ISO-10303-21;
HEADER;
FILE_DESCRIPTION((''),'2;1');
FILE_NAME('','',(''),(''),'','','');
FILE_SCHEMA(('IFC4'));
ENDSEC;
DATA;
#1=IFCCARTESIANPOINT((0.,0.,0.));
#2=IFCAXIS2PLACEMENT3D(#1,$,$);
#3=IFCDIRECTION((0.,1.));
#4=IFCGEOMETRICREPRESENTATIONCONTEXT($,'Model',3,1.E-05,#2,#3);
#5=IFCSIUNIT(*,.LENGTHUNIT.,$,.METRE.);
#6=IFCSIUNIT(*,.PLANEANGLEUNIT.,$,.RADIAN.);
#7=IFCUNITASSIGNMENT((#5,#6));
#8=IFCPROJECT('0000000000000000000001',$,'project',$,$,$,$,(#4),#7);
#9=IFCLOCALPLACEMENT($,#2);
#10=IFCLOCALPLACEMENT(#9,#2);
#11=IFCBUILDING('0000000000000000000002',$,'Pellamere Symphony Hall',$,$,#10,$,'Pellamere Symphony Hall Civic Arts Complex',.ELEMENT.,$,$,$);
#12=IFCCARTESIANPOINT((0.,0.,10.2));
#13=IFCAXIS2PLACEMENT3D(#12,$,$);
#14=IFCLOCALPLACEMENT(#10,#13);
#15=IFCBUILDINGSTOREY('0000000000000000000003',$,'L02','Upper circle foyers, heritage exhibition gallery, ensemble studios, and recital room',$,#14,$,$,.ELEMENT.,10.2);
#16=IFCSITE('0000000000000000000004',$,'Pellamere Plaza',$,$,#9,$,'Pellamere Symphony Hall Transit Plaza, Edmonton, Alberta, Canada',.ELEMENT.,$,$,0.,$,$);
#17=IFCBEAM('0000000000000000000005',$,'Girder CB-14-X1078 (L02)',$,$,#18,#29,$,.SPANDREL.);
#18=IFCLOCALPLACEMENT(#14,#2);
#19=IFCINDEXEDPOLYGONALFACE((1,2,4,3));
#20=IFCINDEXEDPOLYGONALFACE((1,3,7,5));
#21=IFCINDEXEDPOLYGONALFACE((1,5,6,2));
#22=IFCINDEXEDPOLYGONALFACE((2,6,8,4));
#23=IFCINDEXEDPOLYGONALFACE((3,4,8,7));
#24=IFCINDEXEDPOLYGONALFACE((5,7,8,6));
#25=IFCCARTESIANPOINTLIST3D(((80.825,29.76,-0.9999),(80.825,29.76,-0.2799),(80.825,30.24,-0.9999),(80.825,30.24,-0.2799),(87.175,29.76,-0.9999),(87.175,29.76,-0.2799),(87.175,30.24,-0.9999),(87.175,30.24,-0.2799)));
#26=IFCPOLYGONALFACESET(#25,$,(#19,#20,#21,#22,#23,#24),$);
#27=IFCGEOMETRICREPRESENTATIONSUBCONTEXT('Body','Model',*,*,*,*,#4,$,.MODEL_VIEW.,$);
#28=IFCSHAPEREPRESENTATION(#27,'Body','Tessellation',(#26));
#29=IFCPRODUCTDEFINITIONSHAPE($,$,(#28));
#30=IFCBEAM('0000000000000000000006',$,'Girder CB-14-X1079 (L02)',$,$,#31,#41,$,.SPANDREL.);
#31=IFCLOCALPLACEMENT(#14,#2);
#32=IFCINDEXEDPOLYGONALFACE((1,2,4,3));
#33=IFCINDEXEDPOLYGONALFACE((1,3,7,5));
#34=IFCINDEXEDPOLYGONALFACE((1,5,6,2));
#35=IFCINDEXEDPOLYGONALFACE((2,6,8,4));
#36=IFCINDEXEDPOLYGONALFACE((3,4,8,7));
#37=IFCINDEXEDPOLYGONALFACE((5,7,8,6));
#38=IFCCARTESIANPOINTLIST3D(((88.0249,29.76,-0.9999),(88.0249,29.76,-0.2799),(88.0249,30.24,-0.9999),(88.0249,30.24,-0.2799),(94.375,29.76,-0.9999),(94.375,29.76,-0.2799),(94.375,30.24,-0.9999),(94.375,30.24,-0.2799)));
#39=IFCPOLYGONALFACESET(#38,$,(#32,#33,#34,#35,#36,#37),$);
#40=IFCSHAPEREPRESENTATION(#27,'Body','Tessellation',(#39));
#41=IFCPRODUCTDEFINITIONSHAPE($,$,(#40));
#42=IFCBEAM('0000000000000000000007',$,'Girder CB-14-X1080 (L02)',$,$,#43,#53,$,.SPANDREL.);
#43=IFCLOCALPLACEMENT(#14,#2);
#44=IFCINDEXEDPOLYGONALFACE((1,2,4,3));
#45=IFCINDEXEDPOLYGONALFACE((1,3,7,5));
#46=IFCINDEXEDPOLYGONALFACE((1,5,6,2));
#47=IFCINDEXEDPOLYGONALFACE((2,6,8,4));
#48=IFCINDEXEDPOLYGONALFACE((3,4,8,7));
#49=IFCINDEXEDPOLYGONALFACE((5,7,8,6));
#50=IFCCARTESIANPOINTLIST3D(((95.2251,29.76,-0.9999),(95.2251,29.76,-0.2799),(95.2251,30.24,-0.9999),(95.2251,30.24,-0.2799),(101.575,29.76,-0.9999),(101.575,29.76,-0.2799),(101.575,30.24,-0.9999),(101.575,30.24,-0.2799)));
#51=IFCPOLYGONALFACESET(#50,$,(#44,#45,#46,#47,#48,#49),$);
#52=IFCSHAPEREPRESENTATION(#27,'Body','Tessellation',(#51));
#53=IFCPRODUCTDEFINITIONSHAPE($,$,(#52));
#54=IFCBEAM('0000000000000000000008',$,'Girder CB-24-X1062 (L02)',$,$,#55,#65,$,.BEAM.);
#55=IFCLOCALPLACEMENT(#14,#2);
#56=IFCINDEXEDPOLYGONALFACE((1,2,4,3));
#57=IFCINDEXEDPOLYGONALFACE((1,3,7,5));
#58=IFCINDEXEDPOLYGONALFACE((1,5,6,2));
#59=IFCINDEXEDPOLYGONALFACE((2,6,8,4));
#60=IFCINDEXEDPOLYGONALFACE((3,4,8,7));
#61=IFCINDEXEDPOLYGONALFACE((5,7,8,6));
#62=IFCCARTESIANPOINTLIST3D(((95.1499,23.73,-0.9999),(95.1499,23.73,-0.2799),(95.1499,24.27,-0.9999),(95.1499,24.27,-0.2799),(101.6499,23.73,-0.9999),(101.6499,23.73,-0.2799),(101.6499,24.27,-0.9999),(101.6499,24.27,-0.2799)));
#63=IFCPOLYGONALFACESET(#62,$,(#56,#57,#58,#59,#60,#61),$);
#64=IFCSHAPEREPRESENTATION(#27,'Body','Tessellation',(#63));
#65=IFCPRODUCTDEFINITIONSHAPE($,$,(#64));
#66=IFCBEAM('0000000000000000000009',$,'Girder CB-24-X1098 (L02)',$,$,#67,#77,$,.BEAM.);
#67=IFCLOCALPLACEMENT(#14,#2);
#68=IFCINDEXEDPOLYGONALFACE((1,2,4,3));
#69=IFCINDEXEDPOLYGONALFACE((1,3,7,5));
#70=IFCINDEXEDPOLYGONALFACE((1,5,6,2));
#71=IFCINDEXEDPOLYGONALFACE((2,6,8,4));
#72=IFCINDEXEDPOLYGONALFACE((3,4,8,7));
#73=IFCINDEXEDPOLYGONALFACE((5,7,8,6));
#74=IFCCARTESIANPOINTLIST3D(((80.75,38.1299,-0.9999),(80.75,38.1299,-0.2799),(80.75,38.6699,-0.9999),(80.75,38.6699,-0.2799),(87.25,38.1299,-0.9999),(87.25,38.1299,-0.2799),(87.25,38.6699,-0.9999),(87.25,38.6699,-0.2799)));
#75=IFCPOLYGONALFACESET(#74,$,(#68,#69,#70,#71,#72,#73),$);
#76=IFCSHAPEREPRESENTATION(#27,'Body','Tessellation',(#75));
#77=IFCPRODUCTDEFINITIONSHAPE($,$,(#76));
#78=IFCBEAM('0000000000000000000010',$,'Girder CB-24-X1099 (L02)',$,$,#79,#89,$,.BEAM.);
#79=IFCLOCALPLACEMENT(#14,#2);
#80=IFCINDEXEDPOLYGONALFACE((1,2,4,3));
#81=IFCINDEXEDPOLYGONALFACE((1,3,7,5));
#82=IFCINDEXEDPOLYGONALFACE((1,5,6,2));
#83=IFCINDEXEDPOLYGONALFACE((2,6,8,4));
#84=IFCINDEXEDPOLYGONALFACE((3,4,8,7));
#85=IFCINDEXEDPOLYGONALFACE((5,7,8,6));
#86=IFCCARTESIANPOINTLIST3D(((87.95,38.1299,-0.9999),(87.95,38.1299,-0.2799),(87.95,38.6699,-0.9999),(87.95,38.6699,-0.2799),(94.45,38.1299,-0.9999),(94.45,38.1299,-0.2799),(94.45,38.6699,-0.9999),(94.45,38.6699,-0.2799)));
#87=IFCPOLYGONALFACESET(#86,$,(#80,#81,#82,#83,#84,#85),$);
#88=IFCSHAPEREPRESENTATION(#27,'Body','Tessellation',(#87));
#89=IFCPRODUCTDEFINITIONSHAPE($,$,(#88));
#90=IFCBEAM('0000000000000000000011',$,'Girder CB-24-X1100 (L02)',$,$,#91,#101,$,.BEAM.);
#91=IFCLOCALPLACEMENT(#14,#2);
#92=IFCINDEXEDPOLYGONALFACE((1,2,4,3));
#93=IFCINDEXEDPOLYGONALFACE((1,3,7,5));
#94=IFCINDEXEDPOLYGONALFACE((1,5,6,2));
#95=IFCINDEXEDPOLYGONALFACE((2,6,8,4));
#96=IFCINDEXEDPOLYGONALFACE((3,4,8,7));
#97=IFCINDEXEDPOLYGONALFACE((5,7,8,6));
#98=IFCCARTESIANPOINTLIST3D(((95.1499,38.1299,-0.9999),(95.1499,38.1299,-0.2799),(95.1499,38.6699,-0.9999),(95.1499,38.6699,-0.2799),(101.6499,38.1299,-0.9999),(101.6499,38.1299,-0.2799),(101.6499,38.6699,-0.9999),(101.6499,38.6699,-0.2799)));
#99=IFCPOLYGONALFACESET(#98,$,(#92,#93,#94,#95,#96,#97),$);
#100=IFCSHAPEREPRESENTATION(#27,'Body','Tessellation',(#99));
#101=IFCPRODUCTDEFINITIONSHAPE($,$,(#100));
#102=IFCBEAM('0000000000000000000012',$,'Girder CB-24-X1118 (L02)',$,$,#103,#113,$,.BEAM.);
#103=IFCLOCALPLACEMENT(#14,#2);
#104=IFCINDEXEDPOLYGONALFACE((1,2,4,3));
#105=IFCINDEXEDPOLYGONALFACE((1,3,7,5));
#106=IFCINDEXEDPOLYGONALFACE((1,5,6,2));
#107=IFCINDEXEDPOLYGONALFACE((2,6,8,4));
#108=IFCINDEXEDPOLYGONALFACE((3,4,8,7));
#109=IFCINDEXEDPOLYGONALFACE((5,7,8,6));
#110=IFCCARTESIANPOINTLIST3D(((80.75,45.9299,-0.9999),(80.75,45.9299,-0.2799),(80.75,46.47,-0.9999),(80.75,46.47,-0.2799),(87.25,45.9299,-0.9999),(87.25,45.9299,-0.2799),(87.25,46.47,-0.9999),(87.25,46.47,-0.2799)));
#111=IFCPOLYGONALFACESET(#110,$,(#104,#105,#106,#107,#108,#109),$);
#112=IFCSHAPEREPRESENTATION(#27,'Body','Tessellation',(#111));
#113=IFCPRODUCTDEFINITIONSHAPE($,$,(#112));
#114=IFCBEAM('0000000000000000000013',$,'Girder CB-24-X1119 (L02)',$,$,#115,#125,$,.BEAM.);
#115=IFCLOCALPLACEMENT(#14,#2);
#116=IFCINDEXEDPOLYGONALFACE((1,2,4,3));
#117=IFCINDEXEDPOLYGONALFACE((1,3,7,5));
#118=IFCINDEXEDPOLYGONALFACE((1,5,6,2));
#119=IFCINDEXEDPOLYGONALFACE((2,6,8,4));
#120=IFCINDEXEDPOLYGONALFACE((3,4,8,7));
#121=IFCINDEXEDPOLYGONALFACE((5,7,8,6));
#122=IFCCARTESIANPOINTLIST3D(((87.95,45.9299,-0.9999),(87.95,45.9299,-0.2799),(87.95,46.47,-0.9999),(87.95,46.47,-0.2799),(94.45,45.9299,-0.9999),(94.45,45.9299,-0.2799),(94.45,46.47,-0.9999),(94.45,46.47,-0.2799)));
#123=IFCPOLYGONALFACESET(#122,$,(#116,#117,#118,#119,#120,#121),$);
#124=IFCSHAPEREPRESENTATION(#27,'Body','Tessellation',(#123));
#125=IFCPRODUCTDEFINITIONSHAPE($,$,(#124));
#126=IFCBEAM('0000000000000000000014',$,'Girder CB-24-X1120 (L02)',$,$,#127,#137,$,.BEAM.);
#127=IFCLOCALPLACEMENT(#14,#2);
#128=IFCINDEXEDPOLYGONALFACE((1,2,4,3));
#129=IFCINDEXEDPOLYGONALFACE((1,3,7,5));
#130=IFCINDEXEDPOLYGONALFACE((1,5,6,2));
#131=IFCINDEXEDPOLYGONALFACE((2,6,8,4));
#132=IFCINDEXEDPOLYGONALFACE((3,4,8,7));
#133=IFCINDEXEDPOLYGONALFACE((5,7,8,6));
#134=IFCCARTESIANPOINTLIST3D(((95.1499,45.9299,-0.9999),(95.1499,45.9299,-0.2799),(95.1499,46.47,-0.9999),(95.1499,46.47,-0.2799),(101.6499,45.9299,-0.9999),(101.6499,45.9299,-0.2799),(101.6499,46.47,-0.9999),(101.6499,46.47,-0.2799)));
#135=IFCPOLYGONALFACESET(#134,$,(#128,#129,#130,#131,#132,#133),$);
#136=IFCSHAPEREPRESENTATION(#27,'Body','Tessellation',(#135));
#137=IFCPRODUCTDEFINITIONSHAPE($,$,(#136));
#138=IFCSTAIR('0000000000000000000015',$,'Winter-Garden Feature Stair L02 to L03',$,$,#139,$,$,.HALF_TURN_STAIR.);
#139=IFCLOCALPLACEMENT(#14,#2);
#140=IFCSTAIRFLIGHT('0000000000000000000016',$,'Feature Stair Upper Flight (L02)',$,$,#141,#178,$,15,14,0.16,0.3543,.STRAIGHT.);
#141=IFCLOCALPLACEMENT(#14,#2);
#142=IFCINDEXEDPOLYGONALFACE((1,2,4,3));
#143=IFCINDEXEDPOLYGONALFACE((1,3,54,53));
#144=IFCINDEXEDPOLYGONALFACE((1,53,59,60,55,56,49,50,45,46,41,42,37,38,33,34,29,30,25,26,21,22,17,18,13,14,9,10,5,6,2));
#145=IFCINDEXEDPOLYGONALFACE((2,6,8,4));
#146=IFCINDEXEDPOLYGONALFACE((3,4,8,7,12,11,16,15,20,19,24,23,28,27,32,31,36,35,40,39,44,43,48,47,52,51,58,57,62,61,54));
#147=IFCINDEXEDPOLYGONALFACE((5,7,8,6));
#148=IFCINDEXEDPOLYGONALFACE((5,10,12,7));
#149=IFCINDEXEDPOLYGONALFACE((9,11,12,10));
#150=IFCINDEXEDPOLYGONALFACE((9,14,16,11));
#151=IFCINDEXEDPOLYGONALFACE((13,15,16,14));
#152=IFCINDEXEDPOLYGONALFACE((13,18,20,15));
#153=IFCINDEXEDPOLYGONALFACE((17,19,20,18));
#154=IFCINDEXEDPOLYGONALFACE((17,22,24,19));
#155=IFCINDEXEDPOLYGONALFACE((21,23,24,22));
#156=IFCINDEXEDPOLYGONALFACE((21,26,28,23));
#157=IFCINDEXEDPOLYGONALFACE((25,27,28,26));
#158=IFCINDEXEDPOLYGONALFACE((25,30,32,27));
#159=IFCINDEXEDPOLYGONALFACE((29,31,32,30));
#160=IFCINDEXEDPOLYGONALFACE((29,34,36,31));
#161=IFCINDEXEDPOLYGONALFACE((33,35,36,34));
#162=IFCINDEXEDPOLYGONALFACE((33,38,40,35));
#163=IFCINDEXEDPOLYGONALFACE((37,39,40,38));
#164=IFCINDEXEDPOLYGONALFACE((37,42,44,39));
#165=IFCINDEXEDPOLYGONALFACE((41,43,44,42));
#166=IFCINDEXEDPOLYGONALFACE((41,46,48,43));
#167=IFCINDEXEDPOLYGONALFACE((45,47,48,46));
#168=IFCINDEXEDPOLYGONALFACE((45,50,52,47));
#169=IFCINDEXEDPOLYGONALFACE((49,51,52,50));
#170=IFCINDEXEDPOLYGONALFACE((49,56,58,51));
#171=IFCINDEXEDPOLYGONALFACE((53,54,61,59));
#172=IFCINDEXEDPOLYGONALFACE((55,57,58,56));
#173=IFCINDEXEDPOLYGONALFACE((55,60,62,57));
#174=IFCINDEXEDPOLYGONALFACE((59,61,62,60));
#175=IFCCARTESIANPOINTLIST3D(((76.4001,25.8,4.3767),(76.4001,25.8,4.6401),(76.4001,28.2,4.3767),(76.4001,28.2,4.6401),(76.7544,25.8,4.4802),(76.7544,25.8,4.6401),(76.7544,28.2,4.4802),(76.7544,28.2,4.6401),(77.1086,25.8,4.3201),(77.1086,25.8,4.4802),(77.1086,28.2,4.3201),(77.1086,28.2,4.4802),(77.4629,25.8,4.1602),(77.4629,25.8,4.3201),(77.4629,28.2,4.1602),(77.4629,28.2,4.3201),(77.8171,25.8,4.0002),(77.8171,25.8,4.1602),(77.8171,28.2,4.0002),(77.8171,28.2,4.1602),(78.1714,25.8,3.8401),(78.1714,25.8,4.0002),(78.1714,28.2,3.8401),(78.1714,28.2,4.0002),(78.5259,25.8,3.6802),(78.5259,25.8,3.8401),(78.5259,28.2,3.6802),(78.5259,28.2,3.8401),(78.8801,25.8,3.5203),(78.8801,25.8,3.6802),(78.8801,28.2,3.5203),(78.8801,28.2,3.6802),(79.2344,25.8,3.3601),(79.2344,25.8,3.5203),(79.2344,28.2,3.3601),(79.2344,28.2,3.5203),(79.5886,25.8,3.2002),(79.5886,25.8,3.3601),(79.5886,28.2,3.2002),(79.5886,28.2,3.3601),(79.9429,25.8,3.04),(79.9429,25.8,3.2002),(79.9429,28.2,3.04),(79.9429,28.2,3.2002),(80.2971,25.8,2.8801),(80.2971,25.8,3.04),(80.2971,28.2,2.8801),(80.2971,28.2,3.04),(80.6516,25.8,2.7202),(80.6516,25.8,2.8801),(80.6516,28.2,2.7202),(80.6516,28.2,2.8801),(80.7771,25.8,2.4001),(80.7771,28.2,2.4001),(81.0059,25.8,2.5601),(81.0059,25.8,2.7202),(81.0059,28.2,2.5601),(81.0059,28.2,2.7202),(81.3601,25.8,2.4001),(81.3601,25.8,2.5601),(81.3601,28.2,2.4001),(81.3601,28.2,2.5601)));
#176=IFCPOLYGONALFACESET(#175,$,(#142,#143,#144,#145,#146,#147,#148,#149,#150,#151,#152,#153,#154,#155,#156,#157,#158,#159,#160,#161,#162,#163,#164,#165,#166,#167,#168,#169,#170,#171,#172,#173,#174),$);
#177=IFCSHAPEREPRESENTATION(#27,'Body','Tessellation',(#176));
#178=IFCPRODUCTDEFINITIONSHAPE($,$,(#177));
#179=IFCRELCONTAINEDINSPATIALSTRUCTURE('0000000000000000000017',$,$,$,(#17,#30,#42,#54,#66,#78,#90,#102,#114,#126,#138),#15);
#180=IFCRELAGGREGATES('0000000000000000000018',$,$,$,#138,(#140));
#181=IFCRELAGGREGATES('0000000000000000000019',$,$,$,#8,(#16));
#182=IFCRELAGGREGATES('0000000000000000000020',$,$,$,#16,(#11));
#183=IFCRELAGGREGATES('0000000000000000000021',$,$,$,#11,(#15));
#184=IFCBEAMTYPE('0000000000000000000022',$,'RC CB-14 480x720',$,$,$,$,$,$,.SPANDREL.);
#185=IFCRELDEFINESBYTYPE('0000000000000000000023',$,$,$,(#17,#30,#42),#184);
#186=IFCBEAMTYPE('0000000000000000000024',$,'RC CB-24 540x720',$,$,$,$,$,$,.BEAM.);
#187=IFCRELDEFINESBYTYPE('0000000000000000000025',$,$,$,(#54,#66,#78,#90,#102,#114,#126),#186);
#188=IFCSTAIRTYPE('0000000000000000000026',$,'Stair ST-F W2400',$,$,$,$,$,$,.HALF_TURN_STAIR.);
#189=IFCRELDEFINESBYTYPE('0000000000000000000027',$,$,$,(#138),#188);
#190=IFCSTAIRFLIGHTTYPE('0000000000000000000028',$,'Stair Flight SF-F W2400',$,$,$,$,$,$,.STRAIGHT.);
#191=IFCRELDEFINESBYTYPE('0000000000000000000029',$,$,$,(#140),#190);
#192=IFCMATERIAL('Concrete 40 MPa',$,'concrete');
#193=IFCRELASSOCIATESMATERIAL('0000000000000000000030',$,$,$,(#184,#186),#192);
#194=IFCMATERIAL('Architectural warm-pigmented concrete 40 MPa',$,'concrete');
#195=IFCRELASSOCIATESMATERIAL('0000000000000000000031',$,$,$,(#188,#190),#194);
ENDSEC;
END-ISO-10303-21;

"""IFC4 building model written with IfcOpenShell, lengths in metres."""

from ifc_helpers import new_model, si_unit, direction, frame, origin, origin_2d, place, context, subcontext, project, spatial, polyline, rectangle, outline, extrude, material, material_profile, profile_set, type_object, element, aggregate, save


model = new_model("IFC4")

# Units and contexts
model_context = context("Model", 3, precision=1e-05, world=origin(), true_north=direction((0.0, 1.0)))
body_context = subcontext(model_context, "Body", "Model", "MODEL_VIEW")
ifc_project = project(units=[si_unit("LENGTHUNIT", "METRE"), si_unit("PLANEANGLEUNIT", "RADIAN")], contexts=[model_context])

# Site, building, storey
site_placement = place(None, origin())
site = spatial("IfcSite", under=ifc_project, at=site_placement, Name="Pellamere Plaza", LongName="Pellamere Symphony Hall Transit Plaza, Edmonton, Alberta, Canada", CompositionType="ELEMENT", RefElevation=0.0)
building_placement = place(site_placement, origin())
building = spatial("IfcBuilding", under=site, at=building_placement, Name="Pellamere Symphony Hall", LongName="Pellamere Symphony Hall Civic Arts Complex", CompositionType="ELEMENT")
storey_placement = place(building_placement, frame((0.0, 0.0, 10.2)))
storey = spatial("IfcBuildingStorey", under=building, at=storey_placement, Name="L02", Description="Upper circle foyers, heritage exhibition gallery, ensemble studios, and recital room", CompositionType="ELEMENT", Elevation=10.2)

# Shared definitions
ifc_material_1 = material(Name="Concrete 40 MPa", Category="concrete")

# Beams
ifc_material_profile_1 = material_profile(ifc_material_1, rectangle(XDim=0.48, YDim=0.72, at=origin_2d()), Name="RC 480x720")
ifc_profile_set_1 = profile_set([ifc_material_profile_1], Name="Concrete 40 MPa")
beam_type_1 = type_object("IfcBeamType", Name="RC CB-14 480x720", PredefinedType="SPANDREL", material=ifc_profile_set_1)
for number, where, z_axis, x_axis, name in (
    (1, (80.825, 30.0, -0.6399), (1.0, 0.0, 0.0), (0.0, 1.0, 0.0), "Girder CB-14-X1078 (L02)"),
    (2, (88.0249, 30.0, -0.6399), (1.0, 0.0, 0.0), (0.0, 1.0, 0.0), "Girder CB-14-X1079 (L02)"),
):
    element("IfcBeam", number, at=place(storey_placement, frame(where, z_axis=z_axis, x_axis=x_axis)), inside=storey, type_object=beam_type_1, Name=name, PredefinedType="SPANDREL", context=body_context, shape_type="SweptSolid", body=[
        extrude(rectangle(XDim=0.48, YDim=0.72, at=origin_2d()), origin(), (0.0, 0.0, 1.0), 6.3501),
    ])
beam_1_placement = place(storey_placement, frame((95.2251, 30.0, -0.6399), z_axis=(1.0, 0.0, 0.0), x_axis=(0.0, 1.0, 0.0)))
element("IfcBeam", 3, at=beam_1_placement, inside=storey, type_object=beam_type_1, Name="Girder CB-14-X1080 (L02)", PredefinedType="SPANDREL", context=body_context, shape_type="SweptSolid", body=[
    extrude(rectangle(XDim=0.48, YDim=0.72, at=origin_2d()), origin(), (0.0, 0.0, 1.0), 6.3499),
])
ifc_material_profile_2 = material_profile(ifc_material_1, rectangle(XDim=0.54, YDim=0.72, at=origin_2d()), Name="RC 540x720")
ifc_profile_set_2 = profile_set([ifc_material_profile_2], Name="Concrete 40 MPa")
beam_type_2 = type_object("IfcBeamType", Name="RC CB-24 540x720", PredefinedType="BEAM", material=ifc_profile_set_2)
for number, where, z_axis, x_axis, name in (
    (4, (95.1499, 24.0, -0.6399), (1.0, 0.0, 0.0), (0.0, 1.0, 0.0), "Girder CB-24-X1062 (L02)"),
    (5, (80.75, 38.3999, -0.6399), (1.0, 0.0, 0.0), (0.0, 1.0, 0.0), "Girder CB-24-X1098 (L02)"),
    (6, (87.95, 38.3999, -0.6399), (1.0, 0.0, 0.0), (0.0, 1.0, 0.0), "Girder CB-24-X1099 (L02)"),
    (7, (95.1499, 38.3999, -0.6399), (1.0, 0.0, 0.0), (0.0, 1.0, 0.0), "Girder CB-24-X1100 (L02)"),
    (8, (80.75, 46.2, -0.6399), (1.0, 0.0, 0.0), (0.0, 1.0, 0.0), "Girder CB-24-X1118 (L02)"),
    (9, (87.95, 46.2, -0.6399), (1.0, 0.0, 0.0), (0.0, 1.0, 0.0), "Girder CB-24-X1119 (L02)"),
    (10, (95.1499, 46.2, -0.6399), (1.0, 0.0, 0.0), (0.0, 1.0, 0.0), "Girder CB-24-X1120 (L02)"),
):
    element("IfcBeam", number, at=place(storey_placement, frame(where, z_axis=z_axis, x_axis=x_axis)), inside=storey, type_object=beam_type_2, Name=name, PredefinedType="BEAM", context=body_context, shape_type="SweptSolid", body=[
        extrude(rectangle(XDim=0.54, YDim=0.72, at=origin_2d()), origin(), (0.0, 0.0, 1.0), 6.5),
    ])

# Stair, stair flight
ifc_material_2 = material(Name="Architectural warm-pigmented concrete 40 MPa", Category="concrete")
stair_type = type_object("IfcStairType", Name="Stair ST-F W2400", PredefinedType="HALF_TURN_STAIR", material=ifc_material_2)
stair_placement = place(storey_placement, origin())
stair = element("IfcStair", 11, at=stair_placement, inside=storey, type_object=stair_type, Name="Winter-Garden Feature Stair L02 to L03", PredefinedType="HALF_TURN_STAIR")
stair_flight_type = type_object("IfcStairFlightType", Name="Stair Flight SF-F W2400", PredefinedType="STRAIGHT", material=ifc_material_2)
stair_flight_placement = place(storey_placement, frame((81.3601, 27.0, 2.4001), z_axis=(0.0, 0.0, 1.0), x_axis=(-1.0, 0.0, 0.0)))
stair_flight = element("IfcStairFlight", 12, at=stair_flight_placement, type_object=stair_flight_type, Name="Feature Stair Upper Flight (L02)", NumberOfRisers=15, NumberOfTreads=14, PredefinedType="STRAIGHT", RiserHeight=0.16, TreadLength=0.3543, context=body_context, shape_type="SweptSolid", body=[
    extrude(outline(polyline([(0.0, 0.0), (0.0, 0.1599), (0.3542, 0.1599), (0.3542, 0.3201), (0.7085, 0.3201), (0.7085, 0.48), (1.063, 0.48), (1.063, 0.6399), (1.4172, 0.6399), (1.4172, 0.8), (1.7715, 0.8), (1.7715, 0.96), (2.1257, 0.96), (2.1257, 1.1201), (2.48, 1.1201), (2.48, 1.28), (2.8342, 1.28), (2.8342, 1.4399), (3.1887, 1.4399), (3.1887, 1.6001), (3.543, 1.6001), (3.543, 1.76), (3.8972, 1.76), (3.8972, 1.9199), (4.2515, 1.9199), (4.2515, 2.0801), (4.6057, 2.0801), (4.6057, 2.24), (4.96, 2.24), (4.96, 2.3999), (4.96, 1.9766), (0.583, 0.0), (0.0, 0.0)])), frame((0.0, 1.2, 0.0), z_axis=(0.0, -1.0, 0.0), x_axis=(1.0, 0.0, 0.0)), (0.0, 0.0, 1.0), 2.3999),
])
aggregate(stair, [stair_flight])

save(model, "model.ifc")
